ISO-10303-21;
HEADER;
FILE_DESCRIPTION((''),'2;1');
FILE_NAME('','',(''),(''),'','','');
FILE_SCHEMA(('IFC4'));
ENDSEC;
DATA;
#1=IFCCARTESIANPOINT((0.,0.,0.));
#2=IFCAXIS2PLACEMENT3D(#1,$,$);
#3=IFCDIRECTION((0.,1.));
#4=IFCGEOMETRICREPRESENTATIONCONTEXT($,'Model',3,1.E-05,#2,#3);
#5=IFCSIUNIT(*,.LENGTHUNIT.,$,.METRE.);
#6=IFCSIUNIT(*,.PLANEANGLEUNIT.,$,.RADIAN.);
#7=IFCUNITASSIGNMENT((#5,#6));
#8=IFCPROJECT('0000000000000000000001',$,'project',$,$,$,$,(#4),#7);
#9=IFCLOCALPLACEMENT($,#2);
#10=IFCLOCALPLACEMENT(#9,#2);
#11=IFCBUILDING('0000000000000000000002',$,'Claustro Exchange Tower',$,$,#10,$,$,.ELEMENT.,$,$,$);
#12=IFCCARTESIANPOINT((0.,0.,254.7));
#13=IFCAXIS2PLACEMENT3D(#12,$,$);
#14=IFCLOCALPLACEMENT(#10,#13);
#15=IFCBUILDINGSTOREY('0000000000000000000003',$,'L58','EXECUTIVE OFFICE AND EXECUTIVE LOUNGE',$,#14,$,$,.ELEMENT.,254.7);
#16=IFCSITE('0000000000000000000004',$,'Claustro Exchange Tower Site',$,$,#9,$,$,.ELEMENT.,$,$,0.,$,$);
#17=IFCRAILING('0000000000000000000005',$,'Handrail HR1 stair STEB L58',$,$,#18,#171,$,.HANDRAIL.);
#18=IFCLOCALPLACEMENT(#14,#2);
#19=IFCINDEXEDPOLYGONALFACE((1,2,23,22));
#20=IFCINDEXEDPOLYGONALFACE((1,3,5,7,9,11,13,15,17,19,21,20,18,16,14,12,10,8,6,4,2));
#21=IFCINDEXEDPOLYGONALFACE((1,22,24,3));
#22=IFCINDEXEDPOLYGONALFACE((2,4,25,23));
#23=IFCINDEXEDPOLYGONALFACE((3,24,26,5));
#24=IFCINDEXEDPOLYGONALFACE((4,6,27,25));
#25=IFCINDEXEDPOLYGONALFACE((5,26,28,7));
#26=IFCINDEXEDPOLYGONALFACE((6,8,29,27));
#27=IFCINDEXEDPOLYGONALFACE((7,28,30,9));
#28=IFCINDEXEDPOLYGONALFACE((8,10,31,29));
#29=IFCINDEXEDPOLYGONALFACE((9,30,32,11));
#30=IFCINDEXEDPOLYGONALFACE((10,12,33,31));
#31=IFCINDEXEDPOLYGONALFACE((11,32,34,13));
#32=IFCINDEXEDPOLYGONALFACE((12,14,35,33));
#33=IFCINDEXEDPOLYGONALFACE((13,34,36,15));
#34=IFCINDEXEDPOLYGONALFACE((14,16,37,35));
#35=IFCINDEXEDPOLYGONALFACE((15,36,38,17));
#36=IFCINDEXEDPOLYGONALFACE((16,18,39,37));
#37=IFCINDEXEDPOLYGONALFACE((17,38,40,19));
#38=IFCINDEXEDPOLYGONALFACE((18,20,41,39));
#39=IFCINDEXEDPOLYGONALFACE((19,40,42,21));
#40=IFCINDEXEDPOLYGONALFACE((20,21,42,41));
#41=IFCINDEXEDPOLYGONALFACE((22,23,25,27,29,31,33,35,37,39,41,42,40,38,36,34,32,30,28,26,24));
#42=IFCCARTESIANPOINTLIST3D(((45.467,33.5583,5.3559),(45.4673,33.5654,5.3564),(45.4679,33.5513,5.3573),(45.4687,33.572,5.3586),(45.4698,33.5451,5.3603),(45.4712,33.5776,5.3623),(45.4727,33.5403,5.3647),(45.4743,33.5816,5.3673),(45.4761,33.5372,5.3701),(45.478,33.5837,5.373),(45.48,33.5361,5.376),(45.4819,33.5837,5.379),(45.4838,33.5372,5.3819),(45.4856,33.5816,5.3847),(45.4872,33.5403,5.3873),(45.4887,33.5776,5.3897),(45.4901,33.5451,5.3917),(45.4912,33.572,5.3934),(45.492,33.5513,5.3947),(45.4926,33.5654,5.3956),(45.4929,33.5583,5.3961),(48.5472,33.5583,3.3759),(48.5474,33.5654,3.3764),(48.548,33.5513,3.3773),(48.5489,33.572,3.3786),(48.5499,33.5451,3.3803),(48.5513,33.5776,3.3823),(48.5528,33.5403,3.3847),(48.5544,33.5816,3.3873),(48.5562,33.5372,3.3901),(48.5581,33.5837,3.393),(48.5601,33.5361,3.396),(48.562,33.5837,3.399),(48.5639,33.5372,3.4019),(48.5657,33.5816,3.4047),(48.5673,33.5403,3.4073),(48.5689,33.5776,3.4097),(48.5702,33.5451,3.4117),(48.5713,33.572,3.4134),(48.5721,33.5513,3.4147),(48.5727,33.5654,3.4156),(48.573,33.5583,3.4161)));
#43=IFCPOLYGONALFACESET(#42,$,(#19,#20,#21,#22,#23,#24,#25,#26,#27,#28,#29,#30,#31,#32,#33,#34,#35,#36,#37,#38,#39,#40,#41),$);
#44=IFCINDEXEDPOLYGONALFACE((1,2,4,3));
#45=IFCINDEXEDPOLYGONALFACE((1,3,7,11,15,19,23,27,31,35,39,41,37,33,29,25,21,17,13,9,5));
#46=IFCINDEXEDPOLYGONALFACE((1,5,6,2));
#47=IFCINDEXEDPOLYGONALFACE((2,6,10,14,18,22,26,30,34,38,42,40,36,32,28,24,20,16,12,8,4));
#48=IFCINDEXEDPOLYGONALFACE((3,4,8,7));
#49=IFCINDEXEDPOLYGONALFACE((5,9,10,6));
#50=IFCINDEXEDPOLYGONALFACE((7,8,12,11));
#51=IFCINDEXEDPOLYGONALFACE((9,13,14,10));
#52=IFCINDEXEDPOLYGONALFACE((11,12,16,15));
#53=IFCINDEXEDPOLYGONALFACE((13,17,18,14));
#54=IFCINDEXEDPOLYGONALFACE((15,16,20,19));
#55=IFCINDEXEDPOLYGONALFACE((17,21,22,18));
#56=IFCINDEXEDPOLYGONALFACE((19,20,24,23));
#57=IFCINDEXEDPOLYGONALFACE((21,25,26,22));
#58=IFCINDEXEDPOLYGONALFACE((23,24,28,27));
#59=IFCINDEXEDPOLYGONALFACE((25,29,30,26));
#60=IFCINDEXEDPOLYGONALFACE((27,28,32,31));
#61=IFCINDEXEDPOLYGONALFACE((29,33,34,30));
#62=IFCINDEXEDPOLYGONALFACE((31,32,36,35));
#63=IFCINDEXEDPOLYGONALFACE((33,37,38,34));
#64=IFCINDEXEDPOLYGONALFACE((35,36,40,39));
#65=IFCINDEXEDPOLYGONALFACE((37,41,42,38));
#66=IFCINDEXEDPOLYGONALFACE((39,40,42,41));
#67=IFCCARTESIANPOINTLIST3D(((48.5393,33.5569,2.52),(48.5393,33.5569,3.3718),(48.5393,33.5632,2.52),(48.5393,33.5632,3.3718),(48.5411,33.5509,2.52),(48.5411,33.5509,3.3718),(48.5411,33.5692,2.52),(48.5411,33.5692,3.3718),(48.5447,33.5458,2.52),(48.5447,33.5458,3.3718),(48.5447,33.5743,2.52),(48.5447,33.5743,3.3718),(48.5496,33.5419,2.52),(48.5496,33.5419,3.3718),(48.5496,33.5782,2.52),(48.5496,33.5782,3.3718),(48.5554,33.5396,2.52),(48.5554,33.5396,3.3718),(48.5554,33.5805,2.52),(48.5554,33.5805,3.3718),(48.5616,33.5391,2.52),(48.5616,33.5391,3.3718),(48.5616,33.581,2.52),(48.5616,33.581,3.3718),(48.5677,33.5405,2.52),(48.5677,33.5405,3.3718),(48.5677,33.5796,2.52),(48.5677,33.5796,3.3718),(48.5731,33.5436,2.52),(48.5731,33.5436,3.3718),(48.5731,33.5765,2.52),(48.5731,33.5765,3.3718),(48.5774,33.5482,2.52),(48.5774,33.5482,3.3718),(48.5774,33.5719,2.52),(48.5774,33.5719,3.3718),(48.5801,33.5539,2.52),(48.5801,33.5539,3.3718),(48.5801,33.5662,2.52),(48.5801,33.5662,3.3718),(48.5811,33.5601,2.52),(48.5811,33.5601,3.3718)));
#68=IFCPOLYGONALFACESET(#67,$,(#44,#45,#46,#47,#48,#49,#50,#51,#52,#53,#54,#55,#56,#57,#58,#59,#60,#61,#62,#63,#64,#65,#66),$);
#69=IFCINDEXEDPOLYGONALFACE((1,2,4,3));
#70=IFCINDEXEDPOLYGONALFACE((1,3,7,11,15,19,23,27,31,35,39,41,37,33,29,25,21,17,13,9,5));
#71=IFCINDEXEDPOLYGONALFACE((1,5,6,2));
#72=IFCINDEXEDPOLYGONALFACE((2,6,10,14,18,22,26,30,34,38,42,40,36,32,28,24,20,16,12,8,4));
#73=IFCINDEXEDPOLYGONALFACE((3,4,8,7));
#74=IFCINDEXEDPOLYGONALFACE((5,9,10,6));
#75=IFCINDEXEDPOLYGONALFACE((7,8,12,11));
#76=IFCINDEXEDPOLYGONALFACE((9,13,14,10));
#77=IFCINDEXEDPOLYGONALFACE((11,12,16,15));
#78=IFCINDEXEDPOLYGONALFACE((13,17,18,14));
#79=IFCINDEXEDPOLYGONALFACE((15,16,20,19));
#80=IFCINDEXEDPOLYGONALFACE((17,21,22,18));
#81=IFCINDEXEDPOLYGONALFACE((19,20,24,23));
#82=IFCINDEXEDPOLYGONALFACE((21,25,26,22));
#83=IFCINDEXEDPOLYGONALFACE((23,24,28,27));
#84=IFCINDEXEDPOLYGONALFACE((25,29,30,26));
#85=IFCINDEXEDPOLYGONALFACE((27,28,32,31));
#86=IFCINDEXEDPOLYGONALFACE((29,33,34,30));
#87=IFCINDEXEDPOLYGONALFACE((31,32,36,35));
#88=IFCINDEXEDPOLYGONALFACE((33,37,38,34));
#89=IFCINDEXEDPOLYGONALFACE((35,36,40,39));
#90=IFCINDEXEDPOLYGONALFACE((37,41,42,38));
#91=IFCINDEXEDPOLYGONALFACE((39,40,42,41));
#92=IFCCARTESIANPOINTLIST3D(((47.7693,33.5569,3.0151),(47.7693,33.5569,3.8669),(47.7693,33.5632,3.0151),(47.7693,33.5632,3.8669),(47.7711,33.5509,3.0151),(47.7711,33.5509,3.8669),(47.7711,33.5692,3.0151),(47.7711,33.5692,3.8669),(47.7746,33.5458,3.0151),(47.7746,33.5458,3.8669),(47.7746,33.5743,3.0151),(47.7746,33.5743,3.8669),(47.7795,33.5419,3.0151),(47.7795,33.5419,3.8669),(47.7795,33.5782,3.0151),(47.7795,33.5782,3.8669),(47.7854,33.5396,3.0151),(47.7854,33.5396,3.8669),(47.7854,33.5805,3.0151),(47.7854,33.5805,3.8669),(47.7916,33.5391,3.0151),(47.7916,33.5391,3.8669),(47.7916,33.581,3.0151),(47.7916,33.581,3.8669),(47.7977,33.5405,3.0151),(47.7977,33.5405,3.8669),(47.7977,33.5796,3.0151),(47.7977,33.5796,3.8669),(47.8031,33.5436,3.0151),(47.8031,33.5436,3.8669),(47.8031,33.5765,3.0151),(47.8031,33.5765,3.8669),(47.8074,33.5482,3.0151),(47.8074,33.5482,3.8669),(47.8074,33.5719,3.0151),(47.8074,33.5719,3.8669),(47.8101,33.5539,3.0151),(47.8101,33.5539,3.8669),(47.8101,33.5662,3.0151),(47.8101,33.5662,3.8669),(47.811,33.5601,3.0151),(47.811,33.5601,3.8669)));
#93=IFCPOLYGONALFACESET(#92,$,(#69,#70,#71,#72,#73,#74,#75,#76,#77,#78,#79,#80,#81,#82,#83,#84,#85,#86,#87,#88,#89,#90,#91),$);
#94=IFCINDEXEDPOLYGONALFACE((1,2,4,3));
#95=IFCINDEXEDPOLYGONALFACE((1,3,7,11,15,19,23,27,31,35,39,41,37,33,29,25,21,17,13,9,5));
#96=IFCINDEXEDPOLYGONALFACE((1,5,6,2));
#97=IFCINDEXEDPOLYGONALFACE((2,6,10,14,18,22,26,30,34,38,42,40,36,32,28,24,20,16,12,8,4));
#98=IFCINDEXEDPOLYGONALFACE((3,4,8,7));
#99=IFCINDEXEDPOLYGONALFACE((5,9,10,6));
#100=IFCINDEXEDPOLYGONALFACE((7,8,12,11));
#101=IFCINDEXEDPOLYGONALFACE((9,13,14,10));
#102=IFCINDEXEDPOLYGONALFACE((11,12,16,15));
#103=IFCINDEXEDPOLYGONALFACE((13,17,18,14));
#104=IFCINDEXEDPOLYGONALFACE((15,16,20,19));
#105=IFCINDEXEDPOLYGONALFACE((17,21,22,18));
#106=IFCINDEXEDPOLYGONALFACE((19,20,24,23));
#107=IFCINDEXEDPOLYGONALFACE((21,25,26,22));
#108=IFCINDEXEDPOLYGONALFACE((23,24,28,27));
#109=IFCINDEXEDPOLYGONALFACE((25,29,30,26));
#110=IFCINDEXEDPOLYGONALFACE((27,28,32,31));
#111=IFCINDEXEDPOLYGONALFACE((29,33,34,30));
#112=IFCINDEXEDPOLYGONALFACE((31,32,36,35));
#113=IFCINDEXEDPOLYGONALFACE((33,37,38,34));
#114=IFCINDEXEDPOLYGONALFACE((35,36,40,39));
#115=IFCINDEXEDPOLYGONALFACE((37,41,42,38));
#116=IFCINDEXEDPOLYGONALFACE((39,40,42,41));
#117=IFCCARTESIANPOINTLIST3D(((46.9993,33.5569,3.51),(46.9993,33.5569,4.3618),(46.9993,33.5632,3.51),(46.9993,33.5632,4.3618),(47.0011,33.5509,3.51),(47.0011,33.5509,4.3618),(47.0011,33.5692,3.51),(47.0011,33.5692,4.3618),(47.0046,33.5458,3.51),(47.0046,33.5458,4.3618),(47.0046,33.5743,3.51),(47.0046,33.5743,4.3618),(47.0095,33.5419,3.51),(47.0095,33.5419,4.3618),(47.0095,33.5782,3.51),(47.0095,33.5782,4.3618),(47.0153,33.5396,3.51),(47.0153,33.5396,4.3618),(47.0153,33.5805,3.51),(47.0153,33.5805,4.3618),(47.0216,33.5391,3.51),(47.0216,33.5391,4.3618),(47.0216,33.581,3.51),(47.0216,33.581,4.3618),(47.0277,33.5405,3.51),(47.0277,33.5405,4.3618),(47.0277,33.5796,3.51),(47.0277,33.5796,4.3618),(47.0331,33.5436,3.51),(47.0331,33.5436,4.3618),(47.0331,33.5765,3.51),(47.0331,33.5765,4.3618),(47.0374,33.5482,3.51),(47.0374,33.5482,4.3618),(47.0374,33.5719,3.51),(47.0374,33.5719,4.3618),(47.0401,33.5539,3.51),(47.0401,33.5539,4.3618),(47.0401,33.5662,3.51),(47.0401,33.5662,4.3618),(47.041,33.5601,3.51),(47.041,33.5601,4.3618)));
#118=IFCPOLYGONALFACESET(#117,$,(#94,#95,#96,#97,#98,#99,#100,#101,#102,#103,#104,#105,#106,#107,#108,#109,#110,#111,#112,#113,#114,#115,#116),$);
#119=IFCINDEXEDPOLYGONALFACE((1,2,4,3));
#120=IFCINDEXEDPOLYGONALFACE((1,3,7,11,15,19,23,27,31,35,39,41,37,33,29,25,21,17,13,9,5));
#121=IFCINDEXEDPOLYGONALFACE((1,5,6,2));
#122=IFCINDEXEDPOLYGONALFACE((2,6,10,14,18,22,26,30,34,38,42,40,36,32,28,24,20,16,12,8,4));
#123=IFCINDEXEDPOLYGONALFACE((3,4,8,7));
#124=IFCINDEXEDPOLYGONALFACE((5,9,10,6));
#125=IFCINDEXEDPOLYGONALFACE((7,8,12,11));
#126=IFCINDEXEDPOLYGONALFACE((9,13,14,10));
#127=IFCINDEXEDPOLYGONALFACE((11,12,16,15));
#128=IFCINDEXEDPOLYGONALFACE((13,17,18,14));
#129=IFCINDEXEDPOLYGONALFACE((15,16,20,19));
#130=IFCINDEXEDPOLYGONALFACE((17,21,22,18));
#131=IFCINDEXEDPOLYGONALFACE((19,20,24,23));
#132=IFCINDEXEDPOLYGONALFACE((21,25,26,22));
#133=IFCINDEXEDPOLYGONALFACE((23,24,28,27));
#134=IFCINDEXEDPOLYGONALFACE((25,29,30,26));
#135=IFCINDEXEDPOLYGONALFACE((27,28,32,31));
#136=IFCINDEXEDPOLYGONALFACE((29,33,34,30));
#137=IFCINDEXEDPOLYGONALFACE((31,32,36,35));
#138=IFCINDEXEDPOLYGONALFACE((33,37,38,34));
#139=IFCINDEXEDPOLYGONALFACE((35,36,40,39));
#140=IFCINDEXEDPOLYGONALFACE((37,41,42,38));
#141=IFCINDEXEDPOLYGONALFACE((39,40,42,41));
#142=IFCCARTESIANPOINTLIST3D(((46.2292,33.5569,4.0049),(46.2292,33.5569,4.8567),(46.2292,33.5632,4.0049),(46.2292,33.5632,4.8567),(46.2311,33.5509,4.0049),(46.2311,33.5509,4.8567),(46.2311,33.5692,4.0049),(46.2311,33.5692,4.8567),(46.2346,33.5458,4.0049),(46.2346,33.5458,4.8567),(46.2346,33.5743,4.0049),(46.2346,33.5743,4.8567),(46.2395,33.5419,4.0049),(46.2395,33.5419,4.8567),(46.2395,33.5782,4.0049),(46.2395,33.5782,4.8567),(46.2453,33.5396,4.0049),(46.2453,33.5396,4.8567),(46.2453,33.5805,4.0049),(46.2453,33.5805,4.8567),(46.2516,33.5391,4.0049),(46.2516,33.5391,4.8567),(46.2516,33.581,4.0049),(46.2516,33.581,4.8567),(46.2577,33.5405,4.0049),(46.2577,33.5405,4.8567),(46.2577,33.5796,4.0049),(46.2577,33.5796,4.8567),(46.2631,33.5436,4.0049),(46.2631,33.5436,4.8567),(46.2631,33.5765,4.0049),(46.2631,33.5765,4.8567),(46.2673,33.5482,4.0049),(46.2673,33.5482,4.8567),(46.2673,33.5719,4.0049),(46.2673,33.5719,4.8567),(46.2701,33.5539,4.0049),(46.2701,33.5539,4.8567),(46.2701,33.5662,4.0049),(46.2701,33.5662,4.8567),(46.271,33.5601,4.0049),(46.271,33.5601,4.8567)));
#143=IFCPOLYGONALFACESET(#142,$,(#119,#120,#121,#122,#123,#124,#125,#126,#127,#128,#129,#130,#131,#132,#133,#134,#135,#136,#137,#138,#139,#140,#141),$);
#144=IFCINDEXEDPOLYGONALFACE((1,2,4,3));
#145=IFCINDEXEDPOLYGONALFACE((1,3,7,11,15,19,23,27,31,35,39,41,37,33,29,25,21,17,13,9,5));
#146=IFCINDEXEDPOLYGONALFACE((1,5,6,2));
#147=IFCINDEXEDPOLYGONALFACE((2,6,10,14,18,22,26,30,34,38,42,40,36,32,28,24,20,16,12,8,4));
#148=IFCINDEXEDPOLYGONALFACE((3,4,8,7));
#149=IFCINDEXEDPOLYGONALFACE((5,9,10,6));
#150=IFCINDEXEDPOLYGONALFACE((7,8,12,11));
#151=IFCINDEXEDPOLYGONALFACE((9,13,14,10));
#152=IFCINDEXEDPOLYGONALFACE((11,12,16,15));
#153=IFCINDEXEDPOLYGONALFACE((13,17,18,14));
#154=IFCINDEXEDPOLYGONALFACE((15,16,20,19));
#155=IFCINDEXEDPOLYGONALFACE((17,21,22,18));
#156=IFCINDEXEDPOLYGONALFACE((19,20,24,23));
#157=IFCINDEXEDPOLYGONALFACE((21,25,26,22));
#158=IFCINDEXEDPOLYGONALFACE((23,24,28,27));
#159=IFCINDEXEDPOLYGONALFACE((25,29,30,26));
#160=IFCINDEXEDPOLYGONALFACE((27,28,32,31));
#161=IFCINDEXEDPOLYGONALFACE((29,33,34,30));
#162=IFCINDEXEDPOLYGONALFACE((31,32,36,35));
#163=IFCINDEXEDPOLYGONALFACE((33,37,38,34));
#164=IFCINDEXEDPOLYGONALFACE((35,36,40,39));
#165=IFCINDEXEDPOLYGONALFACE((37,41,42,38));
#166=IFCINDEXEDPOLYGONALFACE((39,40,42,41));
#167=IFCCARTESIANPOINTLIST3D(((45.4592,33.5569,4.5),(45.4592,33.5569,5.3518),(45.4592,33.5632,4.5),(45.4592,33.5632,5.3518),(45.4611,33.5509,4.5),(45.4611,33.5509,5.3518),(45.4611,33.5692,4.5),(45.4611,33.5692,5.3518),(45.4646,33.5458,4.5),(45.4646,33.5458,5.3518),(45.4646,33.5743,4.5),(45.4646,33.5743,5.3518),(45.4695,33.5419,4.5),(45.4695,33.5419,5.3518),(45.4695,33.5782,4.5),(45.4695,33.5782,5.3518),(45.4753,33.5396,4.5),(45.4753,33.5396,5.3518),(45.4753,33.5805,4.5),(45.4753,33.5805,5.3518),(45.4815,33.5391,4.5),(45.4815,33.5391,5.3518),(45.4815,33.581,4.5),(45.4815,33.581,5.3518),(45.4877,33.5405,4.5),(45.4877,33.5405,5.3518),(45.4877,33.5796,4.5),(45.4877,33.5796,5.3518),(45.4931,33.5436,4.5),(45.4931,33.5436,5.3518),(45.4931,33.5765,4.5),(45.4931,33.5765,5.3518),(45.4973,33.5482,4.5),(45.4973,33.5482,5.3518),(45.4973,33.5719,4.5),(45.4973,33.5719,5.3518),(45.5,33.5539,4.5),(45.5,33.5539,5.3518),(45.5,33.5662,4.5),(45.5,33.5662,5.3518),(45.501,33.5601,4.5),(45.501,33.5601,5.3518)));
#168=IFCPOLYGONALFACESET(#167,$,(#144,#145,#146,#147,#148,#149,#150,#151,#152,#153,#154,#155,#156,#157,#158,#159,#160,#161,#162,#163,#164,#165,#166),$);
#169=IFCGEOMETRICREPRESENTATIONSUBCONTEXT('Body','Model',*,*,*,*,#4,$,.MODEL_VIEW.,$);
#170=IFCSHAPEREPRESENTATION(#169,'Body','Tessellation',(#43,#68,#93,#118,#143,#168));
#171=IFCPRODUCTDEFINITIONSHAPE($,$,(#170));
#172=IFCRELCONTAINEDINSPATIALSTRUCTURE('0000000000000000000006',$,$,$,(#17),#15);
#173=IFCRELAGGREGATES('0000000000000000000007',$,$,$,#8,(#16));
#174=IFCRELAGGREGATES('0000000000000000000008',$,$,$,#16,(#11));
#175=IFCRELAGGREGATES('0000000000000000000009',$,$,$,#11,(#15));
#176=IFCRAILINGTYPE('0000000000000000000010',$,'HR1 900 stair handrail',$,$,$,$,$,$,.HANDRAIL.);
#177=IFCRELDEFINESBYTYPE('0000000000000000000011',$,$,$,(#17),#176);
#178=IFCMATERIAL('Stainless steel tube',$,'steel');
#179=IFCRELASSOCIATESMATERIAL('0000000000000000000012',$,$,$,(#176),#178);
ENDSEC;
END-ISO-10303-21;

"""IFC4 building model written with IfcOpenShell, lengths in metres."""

from ifc_helpers import new_model, si_unit, direction, frame, origin, origin_2d, place, context, subcontext, project, spatial, circle, extrude, material, type_object, element, save


model = new_model("IFC4")

# Units and contexts
model_context = context("Model", 3, precision=1e-05, world=origin(), true_north=direction((0.0, 1.0)))
body_context = subcontext(model_context, "Body", "Model", "MODEL_VIEW")
ifc_project = project(units=[si_unit("LENGTHUNIT", "METRE"), si_unit("PLANEANGLEUNIT", "RADIAN")], contexts=[model_context])

# Site, building, storey
site_placement = place(None, origin())
site = spatial("IfcSite", under=ifc_project, at=site_placement, Name="Claustro Exchange Tower Site", CompositionType="ELEMENT", RefElevation=0.0)
building_placement = place(site_placement, origin())
building = spatial("IfcBuilding", under=site, at=building_placement, Name="Claustro Exchange Tower", CompositionType="ELEMENT")
storey_placement = place(building_placement, frame((0.0, 0.0, 254.7)))
storey = spatial("IfcBuildingStorey", under=building, at=storey_placement, Name="L58", Description="EXECUTIVE OFFICE AND EXECUTIVE LOUNGE", CompositionType="ELEMENT", Elevation=254.7)

# Railing
ifc_material_1 = material(Name="Stainless steel tube", Category="steel")
railing_type_1 = type_object("IfcRailingType", Name="HR1 900 stair handrail", PredefinedType="HANDRAIL", material=ifc_material_1)
railing_1_placement = place(storey_placement, frame((48.5601, 33.5601, 2.52)))
element("IfcRailing", 1, at=railing_1_placement, inside=storey, type_object=railing_type_1, Name="Handrail HR1 stair STEB L58", PredefinedType="HANDRAIL", context=body_context, shape_type="SweptSolid", body=[
    extrude(circle(Radius=0.0239, at=origin_2d()), frame((0.0, 0.0, 0.876), z_axis=(-0.841187, 0.0, 0.540744), x_axis=(0.0, -1.0, 0.0)), (0.0, 0.0, 1.0), 3.6616),
    extrude(circle(Radius=0.021, at=origin_2d()), origin(), (0.0, 0.0, 1.0), 0.8518),
    extrude(circle(Radius=0.021, at=origin_2d()), frame((-0.77, 0.0, 0.4951)), (0.0, 0.0, 1.0), 0.8518),
    extrude(circle(Radius=0.021, at=origin_2d()), frame((-1.54, 0.0, 0.99)), (0.0, 0.0, 1.0), 0.8518),
    extrude(circle(Radius=0.021, at=origin_2d()), frame((-2.3101, 0.0, 1.4849)), (0.0, 0.0, 1.0), 0.8518),
    extrude(circle(Radius=0.021, at=origin_2d()), frame((-3.0801, 0.0, 1.98)), (0.0, 0.0, 1.0), 0.8518),
])

save(model, "model.ifc")
